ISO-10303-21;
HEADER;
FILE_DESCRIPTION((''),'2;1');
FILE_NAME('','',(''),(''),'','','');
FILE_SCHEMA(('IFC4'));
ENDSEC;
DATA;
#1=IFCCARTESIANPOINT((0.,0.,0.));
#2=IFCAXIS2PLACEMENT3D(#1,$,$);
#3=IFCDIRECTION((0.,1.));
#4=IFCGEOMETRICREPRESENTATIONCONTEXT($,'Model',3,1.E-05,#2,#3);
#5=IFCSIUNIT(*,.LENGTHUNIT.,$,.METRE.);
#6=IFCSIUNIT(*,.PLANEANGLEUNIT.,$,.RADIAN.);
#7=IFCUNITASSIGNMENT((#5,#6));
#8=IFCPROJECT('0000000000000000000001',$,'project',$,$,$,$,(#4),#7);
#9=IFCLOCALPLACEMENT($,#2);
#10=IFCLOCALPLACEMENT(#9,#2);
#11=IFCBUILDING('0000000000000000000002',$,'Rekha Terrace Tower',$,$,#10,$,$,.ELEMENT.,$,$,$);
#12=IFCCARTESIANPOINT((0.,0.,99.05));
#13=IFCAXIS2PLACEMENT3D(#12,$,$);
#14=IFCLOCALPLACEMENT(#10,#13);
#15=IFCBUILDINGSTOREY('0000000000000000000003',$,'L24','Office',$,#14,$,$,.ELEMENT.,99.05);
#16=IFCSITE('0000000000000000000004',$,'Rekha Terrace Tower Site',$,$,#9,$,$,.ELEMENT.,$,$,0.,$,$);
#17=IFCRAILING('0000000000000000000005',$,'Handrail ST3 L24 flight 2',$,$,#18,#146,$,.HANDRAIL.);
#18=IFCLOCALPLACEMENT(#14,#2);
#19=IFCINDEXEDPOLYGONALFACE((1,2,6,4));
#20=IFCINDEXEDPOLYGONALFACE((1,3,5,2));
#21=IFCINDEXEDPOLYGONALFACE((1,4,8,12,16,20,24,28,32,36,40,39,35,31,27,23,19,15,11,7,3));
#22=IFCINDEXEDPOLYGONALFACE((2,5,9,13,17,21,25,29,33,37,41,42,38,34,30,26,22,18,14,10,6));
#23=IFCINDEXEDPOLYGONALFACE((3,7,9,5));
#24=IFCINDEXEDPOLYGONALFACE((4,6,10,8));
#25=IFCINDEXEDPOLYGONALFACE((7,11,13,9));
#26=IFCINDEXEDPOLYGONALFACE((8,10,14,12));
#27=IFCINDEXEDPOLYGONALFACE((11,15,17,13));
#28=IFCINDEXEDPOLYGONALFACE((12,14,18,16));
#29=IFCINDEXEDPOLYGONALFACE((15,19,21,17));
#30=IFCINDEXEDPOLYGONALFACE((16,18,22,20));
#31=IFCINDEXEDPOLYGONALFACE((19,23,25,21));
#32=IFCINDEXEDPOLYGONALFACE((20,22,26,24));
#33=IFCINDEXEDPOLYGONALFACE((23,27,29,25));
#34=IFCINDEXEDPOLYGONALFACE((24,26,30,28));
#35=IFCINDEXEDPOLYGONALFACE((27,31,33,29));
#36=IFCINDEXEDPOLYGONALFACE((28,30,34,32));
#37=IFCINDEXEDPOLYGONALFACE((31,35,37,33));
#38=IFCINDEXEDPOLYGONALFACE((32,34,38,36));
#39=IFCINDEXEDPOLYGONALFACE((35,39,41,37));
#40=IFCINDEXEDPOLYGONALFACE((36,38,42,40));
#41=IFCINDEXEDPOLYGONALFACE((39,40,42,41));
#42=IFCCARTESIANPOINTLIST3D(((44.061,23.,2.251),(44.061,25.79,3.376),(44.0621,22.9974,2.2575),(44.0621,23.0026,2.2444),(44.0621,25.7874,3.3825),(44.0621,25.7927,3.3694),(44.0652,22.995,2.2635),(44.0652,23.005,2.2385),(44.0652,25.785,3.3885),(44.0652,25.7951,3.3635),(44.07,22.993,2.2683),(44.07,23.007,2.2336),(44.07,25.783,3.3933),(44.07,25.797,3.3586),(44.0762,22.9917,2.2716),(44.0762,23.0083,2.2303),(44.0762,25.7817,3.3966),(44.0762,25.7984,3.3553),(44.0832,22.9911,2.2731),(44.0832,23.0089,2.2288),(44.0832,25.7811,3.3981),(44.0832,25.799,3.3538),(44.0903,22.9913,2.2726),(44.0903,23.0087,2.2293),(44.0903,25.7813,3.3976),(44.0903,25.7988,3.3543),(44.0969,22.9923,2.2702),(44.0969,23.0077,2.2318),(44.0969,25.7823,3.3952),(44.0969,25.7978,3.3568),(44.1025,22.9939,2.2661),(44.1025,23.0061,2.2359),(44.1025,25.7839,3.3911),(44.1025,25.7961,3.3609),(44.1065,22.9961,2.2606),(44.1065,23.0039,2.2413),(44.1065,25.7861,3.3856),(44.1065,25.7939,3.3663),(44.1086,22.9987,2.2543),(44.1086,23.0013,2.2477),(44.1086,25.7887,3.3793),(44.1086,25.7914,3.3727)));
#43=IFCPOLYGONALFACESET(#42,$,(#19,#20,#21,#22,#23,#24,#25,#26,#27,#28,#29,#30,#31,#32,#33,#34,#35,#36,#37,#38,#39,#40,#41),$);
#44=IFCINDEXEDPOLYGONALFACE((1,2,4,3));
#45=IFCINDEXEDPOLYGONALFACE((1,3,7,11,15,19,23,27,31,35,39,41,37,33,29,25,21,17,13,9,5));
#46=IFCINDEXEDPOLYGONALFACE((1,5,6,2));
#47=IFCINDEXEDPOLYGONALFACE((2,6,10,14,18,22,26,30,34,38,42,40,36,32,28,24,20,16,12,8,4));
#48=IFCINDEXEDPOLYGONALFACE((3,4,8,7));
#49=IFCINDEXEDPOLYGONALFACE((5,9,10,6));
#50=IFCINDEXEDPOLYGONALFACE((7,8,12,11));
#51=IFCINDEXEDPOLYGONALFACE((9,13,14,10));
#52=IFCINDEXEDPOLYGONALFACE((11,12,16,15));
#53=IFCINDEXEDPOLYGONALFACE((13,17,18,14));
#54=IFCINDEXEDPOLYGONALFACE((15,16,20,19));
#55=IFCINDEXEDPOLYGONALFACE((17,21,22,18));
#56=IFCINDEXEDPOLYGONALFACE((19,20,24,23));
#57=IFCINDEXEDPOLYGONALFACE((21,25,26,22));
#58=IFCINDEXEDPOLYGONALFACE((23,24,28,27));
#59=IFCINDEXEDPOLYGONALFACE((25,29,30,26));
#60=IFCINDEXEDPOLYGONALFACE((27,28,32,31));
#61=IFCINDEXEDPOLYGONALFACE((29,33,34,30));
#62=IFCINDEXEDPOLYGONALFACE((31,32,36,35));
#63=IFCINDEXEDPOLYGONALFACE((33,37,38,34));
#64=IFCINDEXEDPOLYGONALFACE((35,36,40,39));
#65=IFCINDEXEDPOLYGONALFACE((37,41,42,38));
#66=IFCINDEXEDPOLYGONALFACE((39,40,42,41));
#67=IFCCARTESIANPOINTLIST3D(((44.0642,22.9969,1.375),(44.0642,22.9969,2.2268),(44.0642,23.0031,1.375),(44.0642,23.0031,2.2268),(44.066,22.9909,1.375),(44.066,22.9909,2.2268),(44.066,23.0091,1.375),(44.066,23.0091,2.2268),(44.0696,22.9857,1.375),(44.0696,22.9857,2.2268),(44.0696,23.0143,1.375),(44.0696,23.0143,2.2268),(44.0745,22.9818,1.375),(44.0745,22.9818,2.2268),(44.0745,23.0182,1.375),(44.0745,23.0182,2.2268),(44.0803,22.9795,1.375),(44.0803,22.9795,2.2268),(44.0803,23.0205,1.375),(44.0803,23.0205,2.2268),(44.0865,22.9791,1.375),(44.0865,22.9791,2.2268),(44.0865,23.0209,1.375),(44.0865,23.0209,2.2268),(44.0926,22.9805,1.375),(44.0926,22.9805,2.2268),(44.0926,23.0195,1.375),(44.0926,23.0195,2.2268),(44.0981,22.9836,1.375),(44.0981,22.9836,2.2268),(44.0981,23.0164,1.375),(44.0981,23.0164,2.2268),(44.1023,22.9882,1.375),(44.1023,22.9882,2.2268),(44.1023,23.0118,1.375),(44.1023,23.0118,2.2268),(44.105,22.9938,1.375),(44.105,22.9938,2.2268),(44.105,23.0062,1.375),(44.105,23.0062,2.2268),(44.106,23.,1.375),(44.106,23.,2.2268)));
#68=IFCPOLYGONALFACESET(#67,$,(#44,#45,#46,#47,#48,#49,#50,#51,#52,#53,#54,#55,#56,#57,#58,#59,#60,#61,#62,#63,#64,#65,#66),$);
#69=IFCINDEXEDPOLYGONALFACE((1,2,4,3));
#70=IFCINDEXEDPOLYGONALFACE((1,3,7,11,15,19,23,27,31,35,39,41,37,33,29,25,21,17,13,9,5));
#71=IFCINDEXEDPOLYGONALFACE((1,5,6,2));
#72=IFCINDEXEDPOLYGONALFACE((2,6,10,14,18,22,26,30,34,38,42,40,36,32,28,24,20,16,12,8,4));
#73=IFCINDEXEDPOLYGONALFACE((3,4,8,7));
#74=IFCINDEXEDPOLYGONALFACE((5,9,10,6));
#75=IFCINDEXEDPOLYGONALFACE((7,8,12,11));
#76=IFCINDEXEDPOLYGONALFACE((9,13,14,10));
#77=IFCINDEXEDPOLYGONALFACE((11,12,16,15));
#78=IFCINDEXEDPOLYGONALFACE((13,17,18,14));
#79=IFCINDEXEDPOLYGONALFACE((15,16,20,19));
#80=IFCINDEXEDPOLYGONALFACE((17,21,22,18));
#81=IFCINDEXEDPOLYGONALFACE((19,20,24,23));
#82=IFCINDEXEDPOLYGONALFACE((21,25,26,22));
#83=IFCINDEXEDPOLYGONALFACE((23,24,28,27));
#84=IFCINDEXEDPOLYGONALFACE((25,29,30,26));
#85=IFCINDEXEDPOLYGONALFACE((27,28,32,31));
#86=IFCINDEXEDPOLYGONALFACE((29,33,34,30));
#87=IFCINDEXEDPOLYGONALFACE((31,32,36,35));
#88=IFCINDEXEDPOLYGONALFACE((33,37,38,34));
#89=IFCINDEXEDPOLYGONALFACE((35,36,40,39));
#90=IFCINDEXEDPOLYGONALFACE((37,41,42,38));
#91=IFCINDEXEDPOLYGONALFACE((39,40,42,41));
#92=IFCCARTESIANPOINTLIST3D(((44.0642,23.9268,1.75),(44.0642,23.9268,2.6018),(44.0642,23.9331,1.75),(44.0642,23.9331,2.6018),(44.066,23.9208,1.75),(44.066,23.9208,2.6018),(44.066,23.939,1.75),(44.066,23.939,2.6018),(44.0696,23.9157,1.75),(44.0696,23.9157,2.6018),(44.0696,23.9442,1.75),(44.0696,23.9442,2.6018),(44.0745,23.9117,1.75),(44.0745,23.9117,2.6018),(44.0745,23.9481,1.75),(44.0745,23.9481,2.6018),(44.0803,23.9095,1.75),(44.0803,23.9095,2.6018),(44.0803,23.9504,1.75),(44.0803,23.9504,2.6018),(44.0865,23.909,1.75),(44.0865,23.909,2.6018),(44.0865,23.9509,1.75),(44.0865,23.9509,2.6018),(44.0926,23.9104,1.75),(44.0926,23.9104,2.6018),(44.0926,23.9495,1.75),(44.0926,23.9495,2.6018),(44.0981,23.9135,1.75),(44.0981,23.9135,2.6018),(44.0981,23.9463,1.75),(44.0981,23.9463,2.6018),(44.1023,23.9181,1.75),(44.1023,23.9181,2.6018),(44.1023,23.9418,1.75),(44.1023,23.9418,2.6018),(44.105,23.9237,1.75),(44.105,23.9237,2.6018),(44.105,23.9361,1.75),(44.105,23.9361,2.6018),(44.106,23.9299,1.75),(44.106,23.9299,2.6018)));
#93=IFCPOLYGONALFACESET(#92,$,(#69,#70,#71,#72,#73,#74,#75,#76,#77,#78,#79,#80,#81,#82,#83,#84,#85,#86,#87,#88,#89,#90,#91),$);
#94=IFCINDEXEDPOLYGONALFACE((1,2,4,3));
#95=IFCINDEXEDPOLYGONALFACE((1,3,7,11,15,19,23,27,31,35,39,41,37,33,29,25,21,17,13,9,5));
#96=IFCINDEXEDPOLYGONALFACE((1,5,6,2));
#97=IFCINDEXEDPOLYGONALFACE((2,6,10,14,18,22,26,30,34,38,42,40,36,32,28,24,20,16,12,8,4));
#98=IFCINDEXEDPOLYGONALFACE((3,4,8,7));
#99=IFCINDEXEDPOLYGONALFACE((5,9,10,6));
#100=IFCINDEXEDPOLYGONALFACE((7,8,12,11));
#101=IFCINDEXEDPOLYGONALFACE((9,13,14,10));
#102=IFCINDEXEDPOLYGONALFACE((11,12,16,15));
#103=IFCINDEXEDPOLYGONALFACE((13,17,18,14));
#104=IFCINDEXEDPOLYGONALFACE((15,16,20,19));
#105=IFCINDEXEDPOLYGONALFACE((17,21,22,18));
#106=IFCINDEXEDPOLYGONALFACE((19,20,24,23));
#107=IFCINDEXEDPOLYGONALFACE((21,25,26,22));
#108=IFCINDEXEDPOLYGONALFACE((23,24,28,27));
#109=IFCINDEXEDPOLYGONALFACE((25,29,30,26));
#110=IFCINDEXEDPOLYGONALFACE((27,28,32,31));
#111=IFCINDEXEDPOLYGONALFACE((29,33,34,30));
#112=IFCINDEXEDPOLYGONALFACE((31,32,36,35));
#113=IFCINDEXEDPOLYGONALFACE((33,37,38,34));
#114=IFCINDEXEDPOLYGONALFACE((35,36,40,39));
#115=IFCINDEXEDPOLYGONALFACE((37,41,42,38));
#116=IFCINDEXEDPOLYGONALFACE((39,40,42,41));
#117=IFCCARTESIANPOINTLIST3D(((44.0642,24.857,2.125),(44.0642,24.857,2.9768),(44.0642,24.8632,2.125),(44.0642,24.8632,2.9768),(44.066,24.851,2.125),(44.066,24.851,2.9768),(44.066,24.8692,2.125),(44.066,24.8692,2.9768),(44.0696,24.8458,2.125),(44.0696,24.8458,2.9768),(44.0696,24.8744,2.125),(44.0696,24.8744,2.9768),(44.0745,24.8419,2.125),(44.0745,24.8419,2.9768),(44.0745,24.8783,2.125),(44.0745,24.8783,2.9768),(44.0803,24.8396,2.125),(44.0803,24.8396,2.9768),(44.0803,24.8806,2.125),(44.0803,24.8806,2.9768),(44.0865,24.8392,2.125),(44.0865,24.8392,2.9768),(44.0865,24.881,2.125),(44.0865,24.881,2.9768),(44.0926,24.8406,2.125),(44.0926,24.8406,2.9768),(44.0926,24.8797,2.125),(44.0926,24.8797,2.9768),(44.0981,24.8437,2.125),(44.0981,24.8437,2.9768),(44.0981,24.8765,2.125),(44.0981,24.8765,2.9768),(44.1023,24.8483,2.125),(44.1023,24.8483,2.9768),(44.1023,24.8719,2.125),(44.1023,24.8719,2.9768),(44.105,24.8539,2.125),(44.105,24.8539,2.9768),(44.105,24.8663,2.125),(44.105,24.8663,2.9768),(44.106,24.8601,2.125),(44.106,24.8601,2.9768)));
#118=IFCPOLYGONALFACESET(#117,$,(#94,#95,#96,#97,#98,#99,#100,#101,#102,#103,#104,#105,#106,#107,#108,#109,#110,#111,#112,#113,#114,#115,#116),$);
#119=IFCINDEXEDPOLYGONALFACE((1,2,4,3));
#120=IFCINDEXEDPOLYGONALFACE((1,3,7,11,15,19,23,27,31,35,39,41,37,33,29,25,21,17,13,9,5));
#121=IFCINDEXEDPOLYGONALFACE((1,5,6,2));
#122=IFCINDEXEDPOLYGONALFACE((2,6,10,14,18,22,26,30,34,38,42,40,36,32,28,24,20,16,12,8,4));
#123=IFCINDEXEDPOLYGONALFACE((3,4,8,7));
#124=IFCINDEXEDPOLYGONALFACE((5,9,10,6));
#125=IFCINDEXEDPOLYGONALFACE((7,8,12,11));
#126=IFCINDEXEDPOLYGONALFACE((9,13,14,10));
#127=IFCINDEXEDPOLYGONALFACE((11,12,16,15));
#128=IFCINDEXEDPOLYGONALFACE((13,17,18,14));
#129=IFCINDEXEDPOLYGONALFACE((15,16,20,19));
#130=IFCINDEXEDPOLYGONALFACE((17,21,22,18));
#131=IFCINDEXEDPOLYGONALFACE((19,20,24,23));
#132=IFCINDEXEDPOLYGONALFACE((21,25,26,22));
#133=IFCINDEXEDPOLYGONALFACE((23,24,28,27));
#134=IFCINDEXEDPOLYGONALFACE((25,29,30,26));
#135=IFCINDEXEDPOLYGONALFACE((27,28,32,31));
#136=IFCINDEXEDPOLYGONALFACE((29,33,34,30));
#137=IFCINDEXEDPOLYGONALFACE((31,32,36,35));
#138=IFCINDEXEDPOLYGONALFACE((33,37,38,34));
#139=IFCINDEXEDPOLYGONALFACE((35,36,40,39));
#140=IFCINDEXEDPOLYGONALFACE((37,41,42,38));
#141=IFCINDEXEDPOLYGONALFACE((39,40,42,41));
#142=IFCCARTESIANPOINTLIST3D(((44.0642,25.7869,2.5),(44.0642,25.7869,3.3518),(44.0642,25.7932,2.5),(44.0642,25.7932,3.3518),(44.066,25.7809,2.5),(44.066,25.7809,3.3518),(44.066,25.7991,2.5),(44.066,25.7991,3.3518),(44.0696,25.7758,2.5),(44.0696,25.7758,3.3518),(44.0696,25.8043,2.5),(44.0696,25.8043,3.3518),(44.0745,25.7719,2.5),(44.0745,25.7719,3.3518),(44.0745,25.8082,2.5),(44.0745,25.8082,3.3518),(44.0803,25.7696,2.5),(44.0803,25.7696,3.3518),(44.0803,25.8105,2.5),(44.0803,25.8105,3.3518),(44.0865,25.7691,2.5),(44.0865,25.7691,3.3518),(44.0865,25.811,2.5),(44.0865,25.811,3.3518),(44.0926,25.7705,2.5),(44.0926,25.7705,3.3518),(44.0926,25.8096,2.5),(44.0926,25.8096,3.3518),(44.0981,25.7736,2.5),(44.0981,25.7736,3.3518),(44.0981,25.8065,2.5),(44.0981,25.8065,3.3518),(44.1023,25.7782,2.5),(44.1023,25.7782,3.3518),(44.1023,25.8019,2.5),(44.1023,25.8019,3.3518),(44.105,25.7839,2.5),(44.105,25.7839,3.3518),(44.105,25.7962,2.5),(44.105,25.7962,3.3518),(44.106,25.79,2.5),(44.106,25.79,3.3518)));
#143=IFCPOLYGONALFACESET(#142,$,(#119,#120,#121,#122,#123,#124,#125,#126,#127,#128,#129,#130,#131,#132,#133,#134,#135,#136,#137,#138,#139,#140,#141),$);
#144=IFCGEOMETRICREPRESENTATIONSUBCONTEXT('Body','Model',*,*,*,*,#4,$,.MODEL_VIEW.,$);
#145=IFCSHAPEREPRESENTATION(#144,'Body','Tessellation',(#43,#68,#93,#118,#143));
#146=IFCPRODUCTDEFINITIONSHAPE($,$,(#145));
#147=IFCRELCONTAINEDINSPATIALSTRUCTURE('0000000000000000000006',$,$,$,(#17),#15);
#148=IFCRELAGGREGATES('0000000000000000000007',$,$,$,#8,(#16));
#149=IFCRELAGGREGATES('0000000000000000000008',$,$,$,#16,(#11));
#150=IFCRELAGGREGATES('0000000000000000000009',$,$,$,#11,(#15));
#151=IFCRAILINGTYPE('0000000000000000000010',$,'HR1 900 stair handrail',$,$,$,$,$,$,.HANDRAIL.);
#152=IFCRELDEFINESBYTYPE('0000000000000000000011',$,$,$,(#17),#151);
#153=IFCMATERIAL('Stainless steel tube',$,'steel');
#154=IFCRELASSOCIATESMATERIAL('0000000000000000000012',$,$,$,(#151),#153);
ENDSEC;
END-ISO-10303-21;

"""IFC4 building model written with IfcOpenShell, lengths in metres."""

from ifc_helpers import new_model, si_unit, direction, frame, origin, origin_2d, place, context, subcontext, project, spatial, circle, extrude, material, type_object, element, save


model = new_model("IFC4")

# Units and contexts
model_context = context("Model", 3, precision=1e-05, world=origin(), true_north=direction((0.0, 1.0)))
body_context = subcontext(model_context, "Body", "Model", "MODEL_VIEW")
ifc_project = project(units=[si_unit("LENGTHUNIT", "METRE"), si_unit("PLANEANGLEUNIT", "RADIAN")], contexts=[model_context])

# Site, building, storey
site_placement = place(None, origin())
site = spatial("IfcSite", under=ifc_project, at=site_placement, Name="Rekha Terrace Tower Site", CompositionType="ELEMENT", RefElevation=0.0)
building_placement = place(site_placement, origin())
building = spatial("IfcBuilding", under=site, at=building_placement, Name="Rekha Terrace Tower", CompositionType="ELEMENT")
storey_placement = place(building_placement, frame((0.0, 0.0, 99.05)))
storey = spatial("IfcBuildingStorey", under=building, at=storey_placement, Name="L24", Description="Office", CompositionType="ELEMENT", Elevation=99.05)

# Railing
ifc_material_1 = material(Name="Stainless steel tube", Category="steel")
railing_type_1 = type_object("IfcRailingType", Name="HR1 900 stair handrail", PredefinedType="HANDRAIL", material=ifc_material_1)
railing_1_placement = place(storey_placement, frame((44.085, 23.0, 1.375)))
element("IfcRailing", 1, at=railing_1_placement, inside=storey, type_object=railing_type_1, Name="Handrail ST3 L24 flight 2", PredefinedType="HANDRAIL", context=body_context, shape_type="SweptSolid", body=[
    extrude(circle(Radius=0.0239, at=origin_2d()), frame((0.0, 0.0, 0.876), z_axis=(0.0, 0.927443, 0.373964), x_axis=(-1.0, 0.0, 0.0)), (0.0, 0.0, 1.0), 3.0083),
    extrude(circle(Radius=0.021, at=origin_2d()), origin(), (0.0, 0.0, 1.0), 0.8518),
    extrude(circle(Radius=0.021, at=origin_2d()), frame((0.0, 0.9299, 0.375)), (0.0, 0.0, 1.0), 0.8518),
    extrude(circle(Radius=0.021, at=origin_2d()), frame((0.0, 1.8601, 0.75)), (0.0, 0.0, 1.0), 0.8518),
    extrude(circle(Radius=0.021, at=origin_2d()), frame((0.0, 2.79, 1.125)), (0.0, 0.0, 1.0), 0.8518),
])

save(model, "model.ifc")
